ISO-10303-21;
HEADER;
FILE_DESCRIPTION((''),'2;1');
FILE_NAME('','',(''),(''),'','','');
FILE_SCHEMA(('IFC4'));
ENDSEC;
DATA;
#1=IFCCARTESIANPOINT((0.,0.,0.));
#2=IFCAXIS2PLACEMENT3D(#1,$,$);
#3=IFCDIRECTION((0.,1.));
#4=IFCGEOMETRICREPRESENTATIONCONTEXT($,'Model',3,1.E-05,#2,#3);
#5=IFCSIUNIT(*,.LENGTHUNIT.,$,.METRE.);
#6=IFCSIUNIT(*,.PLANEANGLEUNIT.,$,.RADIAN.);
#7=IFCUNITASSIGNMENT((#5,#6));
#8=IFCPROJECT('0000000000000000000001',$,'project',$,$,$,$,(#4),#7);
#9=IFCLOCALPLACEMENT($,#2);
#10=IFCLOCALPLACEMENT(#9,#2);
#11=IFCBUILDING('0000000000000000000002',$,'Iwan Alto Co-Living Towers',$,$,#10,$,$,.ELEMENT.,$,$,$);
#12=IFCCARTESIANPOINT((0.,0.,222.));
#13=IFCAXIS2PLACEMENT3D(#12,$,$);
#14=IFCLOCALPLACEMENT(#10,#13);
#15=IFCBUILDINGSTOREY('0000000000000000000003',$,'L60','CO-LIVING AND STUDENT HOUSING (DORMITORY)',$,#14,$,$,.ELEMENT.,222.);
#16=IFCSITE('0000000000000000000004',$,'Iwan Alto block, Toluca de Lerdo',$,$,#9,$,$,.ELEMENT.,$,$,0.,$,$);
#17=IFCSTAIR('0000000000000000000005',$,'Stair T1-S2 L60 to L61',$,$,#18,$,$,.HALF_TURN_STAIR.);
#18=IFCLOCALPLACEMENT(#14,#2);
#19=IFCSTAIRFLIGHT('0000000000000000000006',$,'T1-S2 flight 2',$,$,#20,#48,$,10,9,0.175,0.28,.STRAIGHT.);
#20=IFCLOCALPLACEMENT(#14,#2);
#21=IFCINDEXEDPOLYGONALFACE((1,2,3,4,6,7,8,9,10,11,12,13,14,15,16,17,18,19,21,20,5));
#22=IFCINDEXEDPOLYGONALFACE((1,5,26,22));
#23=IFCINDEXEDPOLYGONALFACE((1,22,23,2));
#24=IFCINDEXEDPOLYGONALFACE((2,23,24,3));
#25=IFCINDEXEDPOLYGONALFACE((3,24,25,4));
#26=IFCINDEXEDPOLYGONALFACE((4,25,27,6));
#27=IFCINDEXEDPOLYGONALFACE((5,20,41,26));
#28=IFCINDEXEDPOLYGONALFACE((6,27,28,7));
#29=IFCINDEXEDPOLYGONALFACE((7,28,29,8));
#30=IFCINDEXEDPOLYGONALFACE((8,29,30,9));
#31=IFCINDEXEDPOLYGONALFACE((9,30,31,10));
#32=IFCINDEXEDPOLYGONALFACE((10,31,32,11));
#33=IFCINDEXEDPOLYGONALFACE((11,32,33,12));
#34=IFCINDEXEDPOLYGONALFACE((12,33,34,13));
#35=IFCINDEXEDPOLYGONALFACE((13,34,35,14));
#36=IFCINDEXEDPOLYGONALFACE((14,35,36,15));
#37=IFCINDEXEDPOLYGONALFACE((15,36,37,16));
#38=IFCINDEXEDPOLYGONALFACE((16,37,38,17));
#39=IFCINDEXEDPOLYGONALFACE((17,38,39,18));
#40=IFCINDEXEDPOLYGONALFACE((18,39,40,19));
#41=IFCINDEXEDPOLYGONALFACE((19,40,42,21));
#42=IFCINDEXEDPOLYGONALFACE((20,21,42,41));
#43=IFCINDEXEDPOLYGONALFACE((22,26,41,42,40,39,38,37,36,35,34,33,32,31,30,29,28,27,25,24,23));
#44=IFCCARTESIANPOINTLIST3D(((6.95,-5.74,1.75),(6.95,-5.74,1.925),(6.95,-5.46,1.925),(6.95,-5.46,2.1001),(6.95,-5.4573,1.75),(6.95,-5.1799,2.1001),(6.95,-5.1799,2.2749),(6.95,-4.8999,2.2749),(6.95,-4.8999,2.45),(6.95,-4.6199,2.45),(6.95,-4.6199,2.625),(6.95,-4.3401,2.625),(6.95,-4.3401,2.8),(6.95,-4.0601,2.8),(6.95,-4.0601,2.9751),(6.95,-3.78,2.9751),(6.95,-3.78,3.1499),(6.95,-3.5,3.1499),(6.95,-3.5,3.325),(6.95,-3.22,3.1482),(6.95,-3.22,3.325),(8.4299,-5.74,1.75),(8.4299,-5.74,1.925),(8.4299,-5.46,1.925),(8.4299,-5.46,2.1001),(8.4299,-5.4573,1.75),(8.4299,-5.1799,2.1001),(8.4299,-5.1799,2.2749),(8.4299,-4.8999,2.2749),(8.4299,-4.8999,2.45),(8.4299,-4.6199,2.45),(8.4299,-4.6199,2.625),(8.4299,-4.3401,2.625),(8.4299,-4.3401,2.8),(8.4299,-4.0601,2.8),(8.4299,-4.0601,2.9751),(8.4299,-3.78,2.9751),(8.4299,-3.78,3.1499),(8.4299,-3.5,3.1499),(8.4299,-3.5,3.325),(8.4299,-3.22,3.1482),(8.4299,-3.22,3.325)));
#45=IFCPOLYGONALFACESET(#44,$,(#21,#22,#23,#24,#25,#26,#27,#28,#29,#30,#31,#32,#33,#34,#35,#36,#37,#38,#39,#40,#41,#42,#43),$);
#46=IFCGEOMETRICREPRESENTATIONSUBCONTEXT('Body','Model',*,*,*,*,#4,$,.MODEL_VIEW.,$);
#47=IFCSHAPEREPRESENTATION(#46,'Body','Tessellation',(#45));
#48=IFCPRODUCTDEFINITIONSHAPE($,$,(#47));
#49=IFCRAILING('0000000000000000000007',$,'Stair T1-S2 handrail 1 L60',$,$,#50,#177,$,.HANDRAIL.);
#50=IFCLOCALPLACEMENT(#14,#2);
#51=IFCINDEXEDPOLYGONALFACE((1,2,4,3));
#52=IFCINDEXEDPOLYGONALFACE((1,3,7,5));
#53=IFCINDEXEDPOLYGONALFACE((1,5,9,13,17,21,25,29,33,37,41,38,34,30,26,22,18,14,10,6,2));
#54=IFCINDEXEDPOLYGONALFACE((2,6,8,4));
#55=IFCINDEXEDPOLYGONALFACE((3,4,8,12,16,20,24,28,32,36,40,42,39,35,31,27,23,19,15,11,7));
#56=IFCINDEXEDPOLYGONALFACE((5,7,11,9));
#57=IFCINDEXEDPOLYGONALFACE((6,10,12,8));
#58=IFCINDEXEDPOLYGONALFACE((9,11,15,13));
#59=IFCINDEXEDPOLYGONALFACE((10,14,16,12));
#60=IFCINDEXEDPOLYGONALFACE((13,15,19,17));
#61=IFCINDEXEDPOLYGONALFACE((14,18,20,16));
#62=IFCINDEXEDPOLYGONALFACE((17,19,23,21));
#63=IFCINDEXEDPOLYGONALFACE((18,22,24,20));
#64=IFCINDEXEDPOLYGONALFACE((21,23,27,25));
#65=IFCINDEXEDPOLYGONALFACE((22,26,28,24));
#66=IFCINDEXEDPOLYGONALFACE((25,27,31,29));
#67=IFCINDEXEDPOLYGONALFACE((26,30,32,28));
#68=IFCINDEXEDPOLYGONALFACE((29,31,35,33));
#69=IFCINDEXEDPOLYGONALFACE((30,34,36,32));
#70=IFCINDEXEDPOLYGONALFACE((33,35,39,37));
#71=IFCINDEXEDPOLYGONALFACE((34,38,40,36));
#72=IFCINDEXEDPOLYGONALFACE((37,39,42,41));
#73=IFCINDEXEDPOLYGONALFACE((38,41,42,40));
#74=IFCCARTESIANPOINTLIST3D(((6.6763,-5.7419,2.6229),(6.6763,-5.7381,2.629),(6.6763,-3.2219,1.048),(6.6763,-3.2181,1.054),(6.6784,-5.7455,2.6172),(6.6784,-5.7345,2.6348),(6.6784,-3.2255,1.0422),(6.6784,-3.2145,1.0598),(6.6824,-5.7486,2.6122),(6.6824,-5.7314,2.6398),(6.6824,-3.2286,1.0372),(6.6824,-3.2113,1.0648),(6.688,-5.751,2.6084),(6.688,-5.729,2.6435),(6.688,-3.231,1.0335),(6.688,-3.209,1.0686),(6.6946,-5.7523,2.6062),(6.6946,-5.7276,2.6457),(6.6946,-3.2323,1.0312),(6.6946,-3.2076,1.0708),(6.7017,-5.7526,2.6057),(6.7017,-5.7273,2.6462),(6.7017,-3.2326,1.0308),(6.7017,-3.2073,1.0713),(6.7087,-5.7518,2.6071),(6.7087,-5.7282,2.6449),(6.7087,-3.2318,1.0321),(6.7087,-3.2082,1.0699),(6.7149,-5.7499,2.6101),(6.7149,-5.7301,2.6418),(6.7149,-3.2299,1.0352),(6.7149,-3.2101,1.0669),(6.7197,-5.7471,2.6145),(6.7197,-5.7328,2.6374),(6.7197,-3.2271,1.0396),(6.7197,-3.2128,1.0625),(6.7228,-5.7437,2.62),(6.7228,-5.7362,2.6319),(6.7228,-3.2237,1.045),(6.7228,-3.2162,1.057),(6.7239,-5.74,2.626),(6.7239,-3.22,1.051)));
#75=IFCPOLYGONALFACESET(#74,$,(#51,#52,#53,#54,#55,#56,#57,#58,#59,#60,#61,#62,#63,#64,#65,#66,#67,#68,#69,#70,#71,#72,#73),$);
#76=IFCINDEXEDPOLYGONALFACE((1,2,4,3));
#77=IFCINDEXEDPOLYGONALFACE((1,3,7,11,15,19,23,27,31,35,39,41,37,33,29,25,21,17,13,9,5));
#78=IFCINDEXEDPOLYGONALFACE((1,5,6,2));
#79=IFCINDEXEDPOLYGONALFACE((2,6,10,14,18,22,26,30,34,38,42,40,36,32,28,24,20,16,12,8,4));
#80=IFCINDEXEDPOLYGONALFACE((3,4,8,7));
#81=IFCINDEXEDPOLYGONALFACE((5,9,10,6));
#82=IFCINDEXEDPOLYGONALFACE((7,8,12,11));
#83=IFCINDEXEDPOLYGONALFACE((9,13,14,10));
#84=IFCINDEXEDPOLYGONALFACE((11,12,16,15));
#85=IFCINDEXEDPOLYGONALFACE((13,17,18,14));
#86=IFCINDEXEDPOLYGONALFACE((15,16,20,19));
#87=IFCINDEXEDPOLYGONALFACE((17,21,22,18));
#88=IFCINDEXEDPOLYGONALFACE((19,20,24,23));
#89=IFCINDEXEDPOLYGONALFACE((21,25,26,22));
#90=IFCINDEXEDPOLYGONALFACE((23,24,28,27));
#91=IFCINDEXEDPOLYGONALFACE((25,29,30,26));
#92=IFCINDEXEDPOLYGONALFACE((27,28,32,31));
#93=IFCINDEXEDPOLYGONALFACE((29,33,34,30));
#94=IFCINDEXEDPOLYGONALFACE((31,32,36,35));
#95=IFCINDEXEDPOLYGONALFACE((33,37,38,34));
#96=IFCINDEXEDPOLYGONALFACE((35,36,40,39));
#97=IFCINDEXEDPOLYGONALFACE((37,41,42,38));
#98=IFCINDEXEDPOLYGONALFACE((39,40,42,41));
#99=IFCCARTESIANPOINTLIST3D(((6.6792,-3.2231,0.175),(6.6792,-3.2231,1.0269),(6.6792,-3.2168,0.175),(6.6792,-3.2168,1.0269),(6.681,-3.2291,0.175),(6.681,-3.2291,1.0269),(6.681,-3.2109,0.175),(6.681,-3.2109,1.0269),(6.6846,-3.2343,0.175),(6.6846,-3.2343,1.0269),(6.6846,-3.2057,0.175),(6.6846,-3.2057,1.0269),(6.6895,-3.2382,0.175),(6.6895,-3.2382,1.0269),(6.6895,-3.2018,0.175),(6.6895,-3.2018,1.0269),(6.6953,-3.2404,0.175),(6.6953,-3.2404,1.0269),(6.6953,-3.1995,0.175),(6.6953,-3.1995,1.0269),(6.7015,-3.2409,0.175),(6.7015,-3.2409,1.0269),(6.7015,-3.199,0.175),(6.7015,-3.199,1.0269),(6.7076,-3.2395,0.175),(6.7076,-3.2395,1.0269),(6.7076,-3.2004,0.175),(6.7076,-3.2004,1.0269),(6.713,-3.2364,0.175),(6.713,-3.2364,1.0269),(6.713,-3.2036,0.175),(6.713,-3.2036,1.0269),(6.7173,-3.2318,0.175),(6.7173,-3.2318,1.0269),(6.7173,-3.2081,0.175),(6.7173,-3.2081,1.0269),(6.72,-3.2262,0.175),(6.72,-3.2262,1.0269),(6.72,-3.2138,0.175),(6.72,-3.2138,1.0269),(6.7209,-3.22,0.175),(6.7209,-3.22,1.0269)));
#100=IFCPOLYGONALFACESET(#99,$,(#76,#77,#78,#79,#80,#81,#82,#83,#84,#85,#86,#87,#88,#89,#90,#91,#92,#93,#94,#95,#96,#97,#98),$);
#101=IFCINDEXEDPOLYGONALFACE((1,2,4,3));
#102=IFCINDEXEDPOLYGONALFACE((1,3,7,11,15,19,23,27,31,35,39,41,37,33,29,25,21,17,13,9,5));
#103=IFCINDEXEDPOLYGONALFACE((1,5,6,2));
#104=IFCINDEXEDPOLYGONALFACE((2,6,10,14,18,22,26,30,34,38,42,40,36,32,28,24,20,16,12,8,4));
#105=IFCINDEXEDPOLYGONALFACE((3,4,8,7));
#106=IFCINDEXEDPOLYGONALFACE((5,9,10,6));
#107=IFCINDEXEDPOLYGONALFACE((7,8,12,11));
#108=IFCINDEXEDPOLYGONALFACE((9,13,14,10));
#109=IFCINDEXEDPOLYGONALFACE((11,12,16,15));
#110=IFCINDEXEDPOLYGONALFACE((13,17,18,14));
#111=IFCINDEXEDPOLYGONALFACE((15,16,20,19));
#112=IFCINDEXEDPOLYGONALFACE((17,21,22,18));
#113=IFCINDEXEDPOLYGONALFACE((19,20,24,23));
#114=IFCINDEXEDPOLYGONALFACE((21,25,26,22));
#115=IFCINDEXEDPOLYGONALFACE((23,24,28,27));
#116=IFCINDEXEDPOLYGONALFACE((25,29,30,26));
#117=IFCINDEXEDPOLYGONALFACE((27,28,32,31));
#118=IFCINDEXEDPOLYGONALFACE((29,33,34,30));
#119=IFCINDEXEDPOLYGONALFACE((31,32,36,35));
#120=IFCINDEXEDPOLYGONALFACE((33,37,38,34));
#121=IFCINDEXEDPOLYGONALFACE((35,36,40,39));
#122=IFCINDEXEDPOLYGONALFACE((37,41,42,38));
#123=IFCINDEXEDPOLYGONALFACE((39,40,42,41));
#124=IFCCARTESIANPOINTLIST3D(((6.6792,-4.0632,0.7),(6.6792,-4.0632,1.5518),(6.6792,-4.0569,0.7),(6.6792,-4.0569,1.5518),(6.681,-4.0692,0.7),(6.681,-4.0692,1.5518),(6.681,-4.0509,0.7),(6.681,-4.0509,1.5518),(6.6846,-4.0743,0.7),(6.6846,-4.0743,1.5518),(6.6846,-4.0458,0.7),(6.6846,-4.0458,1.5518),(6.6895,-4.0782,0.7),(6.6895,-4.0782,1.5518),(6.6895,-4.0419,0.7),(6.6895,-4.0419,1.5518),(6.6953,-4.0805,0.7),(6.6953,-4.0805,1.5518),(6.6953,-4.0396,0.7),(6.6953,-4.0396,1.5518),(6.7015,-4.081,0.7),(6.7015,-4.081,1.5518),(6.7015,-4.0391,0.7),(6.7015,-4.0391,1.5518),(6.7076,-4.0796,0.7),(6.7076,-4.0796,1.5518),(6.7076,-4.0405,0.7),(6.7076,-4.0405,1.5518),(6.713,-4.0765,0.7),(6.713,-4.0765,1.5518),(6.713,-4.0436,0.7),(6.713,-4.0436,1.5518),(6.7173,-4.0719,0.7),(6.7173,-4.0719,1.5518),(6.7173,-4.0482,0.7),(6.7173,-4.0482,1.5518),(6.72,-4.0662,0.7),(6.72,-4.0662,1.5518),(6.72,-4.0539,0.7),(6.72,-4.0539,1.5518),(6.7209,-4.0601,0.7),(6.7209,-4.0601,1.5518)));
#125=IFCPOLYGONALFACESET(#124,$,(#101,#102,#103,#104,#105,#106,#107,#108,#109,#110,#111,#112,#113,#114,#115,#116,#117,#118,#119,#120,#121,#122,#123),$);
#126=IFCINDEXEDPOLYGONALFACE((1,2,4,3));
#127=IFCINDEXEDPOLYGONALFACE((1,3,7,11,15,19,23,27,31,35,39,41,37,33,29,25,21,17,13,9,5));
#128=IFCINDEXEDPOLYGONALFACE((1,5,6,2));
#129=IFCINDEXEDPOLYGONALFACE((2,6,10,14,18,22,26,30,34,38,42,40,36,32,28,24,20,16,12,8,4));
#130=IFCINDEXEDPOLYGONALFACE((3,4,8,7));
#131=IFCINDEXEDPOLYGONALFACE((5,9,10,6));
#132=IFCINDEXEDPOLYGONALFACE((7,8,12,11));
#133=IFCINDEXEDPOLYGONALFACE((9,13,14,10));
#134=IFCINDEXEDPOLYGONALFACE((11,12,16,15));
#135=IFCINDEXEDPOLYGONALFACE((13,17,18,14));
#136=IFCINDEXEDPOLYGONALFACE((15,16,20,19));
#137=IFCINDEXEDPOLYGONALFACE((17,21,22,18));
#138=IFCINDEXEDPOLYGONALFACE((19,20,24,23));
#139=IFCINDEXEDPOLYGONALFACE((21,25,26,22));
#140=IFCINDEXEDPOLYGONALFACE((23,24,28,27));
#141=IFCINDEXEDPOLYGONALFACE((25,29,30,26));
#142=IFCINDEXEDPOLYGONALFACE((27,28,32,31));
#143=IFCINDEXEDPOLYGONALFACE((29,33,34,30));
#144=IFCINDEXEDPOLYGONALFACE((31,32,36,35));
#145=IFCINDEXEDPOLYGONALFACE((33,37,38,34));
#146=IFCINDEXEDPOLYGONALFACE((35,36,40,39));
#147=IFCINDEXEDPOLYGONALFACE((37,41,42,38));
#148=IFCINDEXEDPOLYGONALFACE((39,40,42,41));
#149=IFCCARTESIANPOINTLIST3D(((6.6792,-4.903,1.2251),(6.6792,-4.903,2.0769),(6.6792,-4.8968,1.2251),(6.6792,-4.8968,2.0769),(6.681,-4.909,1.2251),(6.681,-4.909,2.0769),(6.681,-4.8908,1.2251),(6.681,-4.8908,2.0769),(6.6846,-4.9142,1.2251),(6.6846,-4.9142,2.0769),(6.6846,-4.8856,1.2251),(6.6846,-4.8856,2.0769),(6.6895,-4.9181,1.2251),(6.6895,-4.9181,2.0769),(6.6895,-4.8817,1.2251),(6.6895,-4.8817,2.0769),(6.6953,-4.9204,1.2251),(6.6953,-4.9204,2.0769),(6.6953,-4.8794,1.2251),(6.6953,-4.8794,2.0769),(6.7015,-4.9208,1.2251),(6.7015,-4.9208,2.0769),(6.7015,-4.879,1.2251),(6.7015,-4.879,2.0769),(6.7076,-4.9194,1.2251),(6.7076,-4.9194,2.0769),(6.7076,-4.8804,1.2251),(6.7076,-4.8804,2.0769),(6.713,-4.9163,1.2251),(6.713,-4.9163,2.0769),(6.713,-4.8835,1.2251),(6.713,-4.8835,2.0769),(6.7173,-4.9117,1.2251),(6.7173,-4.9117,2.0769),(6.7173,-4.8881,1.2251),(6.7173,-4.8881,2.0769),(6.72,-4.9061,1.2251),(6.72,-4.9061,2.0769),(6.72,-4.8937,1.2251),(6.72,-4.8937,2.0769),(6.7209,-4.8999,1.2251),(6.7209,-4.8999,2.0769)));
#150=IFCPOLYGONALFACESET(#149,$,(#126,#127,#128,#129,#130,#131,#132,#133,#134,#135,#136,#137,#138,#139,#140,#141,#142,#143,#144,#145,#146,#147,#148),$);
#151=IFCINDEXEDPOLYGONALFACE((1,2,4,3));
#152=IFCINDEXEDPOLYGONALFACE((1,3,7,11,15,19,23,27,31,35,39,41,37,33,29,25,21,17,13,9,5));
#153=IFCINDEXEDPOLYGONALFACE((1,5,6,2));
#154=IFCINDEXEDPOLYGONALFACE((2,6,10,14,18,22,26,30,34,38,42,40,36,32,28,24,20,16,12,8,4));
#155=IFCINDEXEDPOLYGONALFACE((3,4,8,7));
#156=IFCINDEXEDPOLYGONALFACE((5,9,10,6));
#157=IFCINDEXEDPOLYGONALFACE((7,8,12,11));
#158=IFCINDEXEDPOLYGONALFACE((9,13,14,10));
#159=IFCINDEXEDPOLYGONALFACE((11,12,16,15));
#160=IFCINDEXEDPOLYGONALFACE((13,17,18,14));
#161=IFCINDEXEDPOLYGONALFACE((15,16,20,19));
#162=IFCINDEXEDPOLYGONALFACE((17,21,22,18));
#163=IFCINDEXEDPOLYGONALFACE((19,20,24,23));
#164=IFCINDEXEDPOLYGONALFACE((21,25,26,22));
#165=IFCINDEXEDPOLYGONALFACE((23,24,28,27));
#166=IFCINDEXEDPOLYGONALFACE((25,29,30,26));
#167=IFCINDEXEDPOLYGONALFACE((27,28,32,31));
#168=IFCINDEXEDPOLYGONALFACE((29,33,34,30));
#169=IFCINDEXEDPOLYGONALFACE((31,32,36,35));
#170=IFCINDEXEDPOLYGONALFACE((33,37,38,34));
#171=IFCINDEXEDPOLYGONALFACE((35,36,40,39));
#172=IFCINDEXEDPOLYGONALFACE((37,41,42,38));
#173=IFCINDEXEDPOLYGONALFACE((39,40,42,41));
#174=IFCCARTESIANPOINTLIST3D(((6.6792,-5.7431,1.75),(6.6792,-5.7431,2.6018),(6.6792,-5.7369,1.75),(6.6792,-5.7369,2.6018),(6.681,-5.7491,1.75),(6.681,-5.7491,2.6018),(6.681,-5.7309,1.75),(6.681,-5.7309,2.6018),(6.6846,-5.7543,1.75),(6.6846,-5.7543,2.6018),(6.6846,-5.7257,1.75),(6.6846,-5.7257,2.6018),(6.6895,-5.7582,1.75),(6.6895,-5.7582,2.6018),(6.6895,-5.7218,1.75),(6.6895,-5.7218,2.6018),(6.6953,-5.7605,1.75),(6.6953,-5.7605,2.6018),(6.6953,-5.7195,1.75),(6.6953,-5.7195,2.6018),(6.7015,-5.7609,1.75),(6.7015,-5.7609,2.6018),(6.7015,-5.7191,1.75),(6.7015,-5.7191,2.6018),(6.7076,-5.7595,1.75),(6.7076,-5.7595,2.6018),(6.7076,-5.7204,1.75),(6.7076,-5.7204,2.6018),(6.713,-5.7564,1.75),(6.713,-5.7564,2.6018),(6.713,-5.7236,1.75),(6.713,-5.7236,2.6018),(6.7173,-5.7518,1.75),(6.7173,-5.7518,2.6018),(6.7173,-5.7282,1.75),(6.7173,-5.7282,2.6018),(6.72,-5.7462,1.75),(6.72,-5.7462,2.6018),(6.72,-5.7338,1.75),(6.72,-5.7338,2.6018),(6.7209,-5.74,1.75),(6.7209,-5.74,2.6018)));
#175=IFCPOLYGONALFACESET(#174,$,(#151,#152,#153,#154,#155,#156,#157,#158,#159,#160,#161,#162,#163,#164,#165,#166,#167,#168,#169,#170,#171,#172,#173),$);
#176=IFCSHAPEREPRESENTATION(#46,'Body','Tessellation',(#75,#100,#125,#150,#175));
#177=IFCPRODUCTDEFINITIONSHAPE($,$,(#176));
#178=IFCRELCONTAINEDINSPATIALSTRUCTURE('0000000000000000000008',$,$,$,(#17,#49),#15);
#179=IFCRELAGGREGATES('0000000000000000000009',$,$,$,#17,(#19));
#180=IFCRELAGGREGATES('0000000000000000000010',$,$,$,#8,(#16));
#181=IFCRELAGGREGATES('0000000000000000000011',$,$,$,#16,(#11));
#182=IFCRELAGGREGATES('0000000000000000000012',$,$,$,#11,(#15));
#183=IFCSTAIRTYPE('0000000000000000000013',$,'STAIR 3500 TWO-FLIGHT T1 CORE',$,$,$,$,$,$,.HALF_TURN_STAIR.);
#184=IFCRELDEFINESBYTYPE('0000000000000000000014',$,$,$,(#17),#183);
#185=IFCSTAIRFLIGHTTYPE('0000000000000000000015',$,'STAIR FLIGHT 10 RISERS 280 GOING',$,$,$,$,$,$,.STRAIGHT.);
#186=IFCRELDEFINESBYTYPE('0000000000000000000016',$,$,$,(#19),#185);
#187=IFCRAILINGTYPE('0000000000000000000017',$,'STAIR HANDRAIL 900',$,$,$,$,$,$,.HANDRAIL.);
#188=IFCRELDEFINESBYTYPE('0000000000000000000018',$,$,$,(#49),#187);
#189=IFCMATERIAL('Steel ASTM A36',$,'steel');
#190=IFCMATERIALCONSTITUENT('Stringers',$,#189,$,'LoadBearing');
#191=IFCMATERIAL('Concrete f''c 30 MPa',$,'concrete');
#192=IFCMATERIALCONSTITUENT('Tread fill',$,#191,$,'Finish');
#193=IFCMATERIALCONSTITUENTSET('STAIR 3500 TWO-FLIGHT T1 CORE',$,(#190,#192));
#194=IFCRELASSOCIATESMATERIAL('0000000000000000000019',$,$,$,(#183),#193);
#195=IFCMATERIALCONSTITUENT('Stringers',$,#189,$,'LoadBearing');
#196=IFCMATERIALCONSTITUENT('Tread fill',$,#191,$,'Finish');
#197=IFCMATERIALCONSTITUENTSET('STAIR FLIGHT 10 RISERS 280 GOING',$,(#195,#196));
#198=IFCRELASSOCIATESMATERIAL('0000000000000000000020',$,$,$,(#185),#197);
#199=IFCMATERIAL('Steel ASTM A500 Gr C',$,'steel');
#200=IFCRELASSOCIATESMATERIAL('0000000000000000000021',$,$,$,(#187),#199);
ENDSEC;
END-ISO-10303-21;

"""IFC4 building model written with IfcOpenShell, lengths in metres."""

from ifc_helpers import new_model, si_unit, direction, frame, origin, origin_2d, place, context, subcontext, project, spatial, polyline, circle, outline, extrude, material, constituent, constituent_set, type_object, element, aggregate, save


model = new_model("IFC4")

# Units and contexts
model_context = context("Model", 3, precision=1e-05, world=origin(), true_north=direction((0.0, 1.0)))
body_context = subcontext(model_context, "Body", "Model", "MODEL_VIEW")
ifc_project = project(units=[si_unit("LENGTHUNIT", "METRE"), si_unit("PLANEANGLEUNIT", "RADIAN")], contexts=[model_context])

# Site, building, storey
site_placement = place(None, origin())
site = spatial("IfcSite", under=ifc_project, at=site_placement, Name="Iwan Alto block, Toluca de Lerdo", CompositionType="ELEMENT", RefElevation=0.0)
building_placement = place(site_placement, origin())
building = spatial("IfcBuilding", under=site, at=building_placement, Name="Iwan Alto Co-Living Towers", CompositionType="ELEMENT")
storey_placement = place(building_placement, frame((0.0, 0.0, 222.0)))
storey = spatial("IfcBuildingStorey", under=building, at=storey_placement, Name="L60", Description="CO-LIVING AND STUDENT HOUSING (DORMITORY)", CompositionType="ELEMENT", Elevation=222.0)

# Stair
ifc_material_1 = material(Name="Steel ASTM A36", Category="steel")
ifc_constituent_1 = constituent(ifc_material_1, Name="Stringers", Category="LoadBearing")
ifc_material_2 = material(Name="Concrete f'c 30 MPa", Category="concrete")
ifc_constituent_2 = constituent(ifc_material_2, Name="Tread fill", Category="Finish")
ifc_constituent_set_1 = constituent_set(constituents=[ifc_constituent_1, ifc_constituent_2], Name="STAIR 3500 TWO-FLIGHT T1 CORE")
stair_type = type_object("IfcStairType", Name="STAIR 3500 TWO-FLIGHT T1 CORE", PredefinedType="HALF_TURN_STAIR", material=ifc_constituent_set_1)
stair_1_placement = place(storey_placement, origin())
stair_1 = element("IfcStair", 1, at=stair_1_placement, inside=storey, type_object=stair_type, Name="Stair T1-S2 L60 to L61", PredefinedType="HALF_TURN_STAIR")

# Stair flight
ifc_constituent_3 = constituent(ifc_material_1, Name="Stringers", Category="LoadBearing")
ifc_constituent_4 = constituent(ifc_material_2, Name="Tread fill", Category="Finish")
ifc_constituent_set_2 = constituent_set(constituents=[ifc_constituent_3, ifc_constituent_4], Name="STAIR FLIGHT 10 RISERS 280 GOING")
stair_flight_type = type_object("IfcStairFlightType", Name="STAIR FLIGHT 10 RISERS 280 GOING", PredefinedType="STRAIGHT", material=ifc_constituent_set_2)
stair_flight_1_placement = place(storey_placement, frame((7.6899, -5.74, 1.75), z_axis=(0.0, 0.0, 1.0), x_axis=(0.0, 1.0, 0.0)))
stair_flight_1 = element("IfcStairFlight", 2, at=stair_flight_1_placement, type_object=stair_flight_type, Name="T1-S2 flight 2", NumberOfRisers=10, NumberOfTreads=9, PredefinedType="STRAIGHT", RiserHeight=0.175, TreadLength=0.28, context=body_context, shape_type="SweptSolid", body=[
    extrude(outline(polyline([(0.0, 0.0), (0.0, 0.175), (0.28, 0.175), (0.28, 0.3501), (0.5601, 0.3501), (0.5601, 0.5249), (0.8401, 0.5249), (0.8401, 0.7), (1.1201, 0.7), (1.1201, 0.875), (1.3999, 0.875), (1.3999, 1.05), (1.6799, 1.05), (1.6799, 1.2251), (1.96, 1.2251), (1.96, 1.3999), (2.24, 1.3999), (2.24, 1.575), (2.52, 1.575), (2.52, 1.75), (2.52, 1.3982), (0.2827, 0.0), (0.0, 0.0)])), frame((0.0, 0.74, 0.0), z_axis=(0.0, -1.0, 0.0), x_axis=(1.0, 0.0, 0.0)), (0.0, 0.0, 1.0), 1.48),
])
aggregate(stair_1, [stair_flight_1])

# Railing
ifc_material_3 = material(Name="Steel ASTM A500 Gr C", Category="steel")
railing_type_1 = type_object("IfcRailingType", Name="STAIR HANDRAIL 900", PredefinedType="HANDRAIL", material=ifc_material_3)
railing_1_placement = place(storey_placement, frame((6.7, -3.22, 0.175)))
element("IfcRailing", 3, at=railing_1_placement, inside=storey, type_object=railing_type_1, Name="Stair T1-S2 handrail 1 L60", PredefinedType="HANDRAIL", context=body_context, shape_type="SweptSolid", body=[
    extrude(circle(Radius=0.0239, at=origin_2d()), frame((0.0, 0.0, 0.876), z_axis=(0.0, -0.848008, 0.529984), x_axis=(1.0, 0.0, 0.0)), (0.0, 0.0, 1.0), 2.9717),
    extrude(circle(Radius=0.021, at=origin_2d()), origin(), (0.0, 0.0, 1.0), 0.8518),
    extrude(circle(Radius=0.021, at=origin_2d()), frame((0.0, -0.8401, 0.5249)), (0.0, 0.0, 1.0), 0.8518),
    extrude(circle(Radius=0.021, at=origin_2d()), frame((0.0, -1.6799, 1.05)), (0.0, 0.0, 1.0), 0.8518),
    extrude(circle(Radius=0.021, at=origin_2d()), frame((0.0, -2.52, 1.575)), (0.0, 0.0, 1.0), 0.8518),
])

save(model, "model.ifc")
